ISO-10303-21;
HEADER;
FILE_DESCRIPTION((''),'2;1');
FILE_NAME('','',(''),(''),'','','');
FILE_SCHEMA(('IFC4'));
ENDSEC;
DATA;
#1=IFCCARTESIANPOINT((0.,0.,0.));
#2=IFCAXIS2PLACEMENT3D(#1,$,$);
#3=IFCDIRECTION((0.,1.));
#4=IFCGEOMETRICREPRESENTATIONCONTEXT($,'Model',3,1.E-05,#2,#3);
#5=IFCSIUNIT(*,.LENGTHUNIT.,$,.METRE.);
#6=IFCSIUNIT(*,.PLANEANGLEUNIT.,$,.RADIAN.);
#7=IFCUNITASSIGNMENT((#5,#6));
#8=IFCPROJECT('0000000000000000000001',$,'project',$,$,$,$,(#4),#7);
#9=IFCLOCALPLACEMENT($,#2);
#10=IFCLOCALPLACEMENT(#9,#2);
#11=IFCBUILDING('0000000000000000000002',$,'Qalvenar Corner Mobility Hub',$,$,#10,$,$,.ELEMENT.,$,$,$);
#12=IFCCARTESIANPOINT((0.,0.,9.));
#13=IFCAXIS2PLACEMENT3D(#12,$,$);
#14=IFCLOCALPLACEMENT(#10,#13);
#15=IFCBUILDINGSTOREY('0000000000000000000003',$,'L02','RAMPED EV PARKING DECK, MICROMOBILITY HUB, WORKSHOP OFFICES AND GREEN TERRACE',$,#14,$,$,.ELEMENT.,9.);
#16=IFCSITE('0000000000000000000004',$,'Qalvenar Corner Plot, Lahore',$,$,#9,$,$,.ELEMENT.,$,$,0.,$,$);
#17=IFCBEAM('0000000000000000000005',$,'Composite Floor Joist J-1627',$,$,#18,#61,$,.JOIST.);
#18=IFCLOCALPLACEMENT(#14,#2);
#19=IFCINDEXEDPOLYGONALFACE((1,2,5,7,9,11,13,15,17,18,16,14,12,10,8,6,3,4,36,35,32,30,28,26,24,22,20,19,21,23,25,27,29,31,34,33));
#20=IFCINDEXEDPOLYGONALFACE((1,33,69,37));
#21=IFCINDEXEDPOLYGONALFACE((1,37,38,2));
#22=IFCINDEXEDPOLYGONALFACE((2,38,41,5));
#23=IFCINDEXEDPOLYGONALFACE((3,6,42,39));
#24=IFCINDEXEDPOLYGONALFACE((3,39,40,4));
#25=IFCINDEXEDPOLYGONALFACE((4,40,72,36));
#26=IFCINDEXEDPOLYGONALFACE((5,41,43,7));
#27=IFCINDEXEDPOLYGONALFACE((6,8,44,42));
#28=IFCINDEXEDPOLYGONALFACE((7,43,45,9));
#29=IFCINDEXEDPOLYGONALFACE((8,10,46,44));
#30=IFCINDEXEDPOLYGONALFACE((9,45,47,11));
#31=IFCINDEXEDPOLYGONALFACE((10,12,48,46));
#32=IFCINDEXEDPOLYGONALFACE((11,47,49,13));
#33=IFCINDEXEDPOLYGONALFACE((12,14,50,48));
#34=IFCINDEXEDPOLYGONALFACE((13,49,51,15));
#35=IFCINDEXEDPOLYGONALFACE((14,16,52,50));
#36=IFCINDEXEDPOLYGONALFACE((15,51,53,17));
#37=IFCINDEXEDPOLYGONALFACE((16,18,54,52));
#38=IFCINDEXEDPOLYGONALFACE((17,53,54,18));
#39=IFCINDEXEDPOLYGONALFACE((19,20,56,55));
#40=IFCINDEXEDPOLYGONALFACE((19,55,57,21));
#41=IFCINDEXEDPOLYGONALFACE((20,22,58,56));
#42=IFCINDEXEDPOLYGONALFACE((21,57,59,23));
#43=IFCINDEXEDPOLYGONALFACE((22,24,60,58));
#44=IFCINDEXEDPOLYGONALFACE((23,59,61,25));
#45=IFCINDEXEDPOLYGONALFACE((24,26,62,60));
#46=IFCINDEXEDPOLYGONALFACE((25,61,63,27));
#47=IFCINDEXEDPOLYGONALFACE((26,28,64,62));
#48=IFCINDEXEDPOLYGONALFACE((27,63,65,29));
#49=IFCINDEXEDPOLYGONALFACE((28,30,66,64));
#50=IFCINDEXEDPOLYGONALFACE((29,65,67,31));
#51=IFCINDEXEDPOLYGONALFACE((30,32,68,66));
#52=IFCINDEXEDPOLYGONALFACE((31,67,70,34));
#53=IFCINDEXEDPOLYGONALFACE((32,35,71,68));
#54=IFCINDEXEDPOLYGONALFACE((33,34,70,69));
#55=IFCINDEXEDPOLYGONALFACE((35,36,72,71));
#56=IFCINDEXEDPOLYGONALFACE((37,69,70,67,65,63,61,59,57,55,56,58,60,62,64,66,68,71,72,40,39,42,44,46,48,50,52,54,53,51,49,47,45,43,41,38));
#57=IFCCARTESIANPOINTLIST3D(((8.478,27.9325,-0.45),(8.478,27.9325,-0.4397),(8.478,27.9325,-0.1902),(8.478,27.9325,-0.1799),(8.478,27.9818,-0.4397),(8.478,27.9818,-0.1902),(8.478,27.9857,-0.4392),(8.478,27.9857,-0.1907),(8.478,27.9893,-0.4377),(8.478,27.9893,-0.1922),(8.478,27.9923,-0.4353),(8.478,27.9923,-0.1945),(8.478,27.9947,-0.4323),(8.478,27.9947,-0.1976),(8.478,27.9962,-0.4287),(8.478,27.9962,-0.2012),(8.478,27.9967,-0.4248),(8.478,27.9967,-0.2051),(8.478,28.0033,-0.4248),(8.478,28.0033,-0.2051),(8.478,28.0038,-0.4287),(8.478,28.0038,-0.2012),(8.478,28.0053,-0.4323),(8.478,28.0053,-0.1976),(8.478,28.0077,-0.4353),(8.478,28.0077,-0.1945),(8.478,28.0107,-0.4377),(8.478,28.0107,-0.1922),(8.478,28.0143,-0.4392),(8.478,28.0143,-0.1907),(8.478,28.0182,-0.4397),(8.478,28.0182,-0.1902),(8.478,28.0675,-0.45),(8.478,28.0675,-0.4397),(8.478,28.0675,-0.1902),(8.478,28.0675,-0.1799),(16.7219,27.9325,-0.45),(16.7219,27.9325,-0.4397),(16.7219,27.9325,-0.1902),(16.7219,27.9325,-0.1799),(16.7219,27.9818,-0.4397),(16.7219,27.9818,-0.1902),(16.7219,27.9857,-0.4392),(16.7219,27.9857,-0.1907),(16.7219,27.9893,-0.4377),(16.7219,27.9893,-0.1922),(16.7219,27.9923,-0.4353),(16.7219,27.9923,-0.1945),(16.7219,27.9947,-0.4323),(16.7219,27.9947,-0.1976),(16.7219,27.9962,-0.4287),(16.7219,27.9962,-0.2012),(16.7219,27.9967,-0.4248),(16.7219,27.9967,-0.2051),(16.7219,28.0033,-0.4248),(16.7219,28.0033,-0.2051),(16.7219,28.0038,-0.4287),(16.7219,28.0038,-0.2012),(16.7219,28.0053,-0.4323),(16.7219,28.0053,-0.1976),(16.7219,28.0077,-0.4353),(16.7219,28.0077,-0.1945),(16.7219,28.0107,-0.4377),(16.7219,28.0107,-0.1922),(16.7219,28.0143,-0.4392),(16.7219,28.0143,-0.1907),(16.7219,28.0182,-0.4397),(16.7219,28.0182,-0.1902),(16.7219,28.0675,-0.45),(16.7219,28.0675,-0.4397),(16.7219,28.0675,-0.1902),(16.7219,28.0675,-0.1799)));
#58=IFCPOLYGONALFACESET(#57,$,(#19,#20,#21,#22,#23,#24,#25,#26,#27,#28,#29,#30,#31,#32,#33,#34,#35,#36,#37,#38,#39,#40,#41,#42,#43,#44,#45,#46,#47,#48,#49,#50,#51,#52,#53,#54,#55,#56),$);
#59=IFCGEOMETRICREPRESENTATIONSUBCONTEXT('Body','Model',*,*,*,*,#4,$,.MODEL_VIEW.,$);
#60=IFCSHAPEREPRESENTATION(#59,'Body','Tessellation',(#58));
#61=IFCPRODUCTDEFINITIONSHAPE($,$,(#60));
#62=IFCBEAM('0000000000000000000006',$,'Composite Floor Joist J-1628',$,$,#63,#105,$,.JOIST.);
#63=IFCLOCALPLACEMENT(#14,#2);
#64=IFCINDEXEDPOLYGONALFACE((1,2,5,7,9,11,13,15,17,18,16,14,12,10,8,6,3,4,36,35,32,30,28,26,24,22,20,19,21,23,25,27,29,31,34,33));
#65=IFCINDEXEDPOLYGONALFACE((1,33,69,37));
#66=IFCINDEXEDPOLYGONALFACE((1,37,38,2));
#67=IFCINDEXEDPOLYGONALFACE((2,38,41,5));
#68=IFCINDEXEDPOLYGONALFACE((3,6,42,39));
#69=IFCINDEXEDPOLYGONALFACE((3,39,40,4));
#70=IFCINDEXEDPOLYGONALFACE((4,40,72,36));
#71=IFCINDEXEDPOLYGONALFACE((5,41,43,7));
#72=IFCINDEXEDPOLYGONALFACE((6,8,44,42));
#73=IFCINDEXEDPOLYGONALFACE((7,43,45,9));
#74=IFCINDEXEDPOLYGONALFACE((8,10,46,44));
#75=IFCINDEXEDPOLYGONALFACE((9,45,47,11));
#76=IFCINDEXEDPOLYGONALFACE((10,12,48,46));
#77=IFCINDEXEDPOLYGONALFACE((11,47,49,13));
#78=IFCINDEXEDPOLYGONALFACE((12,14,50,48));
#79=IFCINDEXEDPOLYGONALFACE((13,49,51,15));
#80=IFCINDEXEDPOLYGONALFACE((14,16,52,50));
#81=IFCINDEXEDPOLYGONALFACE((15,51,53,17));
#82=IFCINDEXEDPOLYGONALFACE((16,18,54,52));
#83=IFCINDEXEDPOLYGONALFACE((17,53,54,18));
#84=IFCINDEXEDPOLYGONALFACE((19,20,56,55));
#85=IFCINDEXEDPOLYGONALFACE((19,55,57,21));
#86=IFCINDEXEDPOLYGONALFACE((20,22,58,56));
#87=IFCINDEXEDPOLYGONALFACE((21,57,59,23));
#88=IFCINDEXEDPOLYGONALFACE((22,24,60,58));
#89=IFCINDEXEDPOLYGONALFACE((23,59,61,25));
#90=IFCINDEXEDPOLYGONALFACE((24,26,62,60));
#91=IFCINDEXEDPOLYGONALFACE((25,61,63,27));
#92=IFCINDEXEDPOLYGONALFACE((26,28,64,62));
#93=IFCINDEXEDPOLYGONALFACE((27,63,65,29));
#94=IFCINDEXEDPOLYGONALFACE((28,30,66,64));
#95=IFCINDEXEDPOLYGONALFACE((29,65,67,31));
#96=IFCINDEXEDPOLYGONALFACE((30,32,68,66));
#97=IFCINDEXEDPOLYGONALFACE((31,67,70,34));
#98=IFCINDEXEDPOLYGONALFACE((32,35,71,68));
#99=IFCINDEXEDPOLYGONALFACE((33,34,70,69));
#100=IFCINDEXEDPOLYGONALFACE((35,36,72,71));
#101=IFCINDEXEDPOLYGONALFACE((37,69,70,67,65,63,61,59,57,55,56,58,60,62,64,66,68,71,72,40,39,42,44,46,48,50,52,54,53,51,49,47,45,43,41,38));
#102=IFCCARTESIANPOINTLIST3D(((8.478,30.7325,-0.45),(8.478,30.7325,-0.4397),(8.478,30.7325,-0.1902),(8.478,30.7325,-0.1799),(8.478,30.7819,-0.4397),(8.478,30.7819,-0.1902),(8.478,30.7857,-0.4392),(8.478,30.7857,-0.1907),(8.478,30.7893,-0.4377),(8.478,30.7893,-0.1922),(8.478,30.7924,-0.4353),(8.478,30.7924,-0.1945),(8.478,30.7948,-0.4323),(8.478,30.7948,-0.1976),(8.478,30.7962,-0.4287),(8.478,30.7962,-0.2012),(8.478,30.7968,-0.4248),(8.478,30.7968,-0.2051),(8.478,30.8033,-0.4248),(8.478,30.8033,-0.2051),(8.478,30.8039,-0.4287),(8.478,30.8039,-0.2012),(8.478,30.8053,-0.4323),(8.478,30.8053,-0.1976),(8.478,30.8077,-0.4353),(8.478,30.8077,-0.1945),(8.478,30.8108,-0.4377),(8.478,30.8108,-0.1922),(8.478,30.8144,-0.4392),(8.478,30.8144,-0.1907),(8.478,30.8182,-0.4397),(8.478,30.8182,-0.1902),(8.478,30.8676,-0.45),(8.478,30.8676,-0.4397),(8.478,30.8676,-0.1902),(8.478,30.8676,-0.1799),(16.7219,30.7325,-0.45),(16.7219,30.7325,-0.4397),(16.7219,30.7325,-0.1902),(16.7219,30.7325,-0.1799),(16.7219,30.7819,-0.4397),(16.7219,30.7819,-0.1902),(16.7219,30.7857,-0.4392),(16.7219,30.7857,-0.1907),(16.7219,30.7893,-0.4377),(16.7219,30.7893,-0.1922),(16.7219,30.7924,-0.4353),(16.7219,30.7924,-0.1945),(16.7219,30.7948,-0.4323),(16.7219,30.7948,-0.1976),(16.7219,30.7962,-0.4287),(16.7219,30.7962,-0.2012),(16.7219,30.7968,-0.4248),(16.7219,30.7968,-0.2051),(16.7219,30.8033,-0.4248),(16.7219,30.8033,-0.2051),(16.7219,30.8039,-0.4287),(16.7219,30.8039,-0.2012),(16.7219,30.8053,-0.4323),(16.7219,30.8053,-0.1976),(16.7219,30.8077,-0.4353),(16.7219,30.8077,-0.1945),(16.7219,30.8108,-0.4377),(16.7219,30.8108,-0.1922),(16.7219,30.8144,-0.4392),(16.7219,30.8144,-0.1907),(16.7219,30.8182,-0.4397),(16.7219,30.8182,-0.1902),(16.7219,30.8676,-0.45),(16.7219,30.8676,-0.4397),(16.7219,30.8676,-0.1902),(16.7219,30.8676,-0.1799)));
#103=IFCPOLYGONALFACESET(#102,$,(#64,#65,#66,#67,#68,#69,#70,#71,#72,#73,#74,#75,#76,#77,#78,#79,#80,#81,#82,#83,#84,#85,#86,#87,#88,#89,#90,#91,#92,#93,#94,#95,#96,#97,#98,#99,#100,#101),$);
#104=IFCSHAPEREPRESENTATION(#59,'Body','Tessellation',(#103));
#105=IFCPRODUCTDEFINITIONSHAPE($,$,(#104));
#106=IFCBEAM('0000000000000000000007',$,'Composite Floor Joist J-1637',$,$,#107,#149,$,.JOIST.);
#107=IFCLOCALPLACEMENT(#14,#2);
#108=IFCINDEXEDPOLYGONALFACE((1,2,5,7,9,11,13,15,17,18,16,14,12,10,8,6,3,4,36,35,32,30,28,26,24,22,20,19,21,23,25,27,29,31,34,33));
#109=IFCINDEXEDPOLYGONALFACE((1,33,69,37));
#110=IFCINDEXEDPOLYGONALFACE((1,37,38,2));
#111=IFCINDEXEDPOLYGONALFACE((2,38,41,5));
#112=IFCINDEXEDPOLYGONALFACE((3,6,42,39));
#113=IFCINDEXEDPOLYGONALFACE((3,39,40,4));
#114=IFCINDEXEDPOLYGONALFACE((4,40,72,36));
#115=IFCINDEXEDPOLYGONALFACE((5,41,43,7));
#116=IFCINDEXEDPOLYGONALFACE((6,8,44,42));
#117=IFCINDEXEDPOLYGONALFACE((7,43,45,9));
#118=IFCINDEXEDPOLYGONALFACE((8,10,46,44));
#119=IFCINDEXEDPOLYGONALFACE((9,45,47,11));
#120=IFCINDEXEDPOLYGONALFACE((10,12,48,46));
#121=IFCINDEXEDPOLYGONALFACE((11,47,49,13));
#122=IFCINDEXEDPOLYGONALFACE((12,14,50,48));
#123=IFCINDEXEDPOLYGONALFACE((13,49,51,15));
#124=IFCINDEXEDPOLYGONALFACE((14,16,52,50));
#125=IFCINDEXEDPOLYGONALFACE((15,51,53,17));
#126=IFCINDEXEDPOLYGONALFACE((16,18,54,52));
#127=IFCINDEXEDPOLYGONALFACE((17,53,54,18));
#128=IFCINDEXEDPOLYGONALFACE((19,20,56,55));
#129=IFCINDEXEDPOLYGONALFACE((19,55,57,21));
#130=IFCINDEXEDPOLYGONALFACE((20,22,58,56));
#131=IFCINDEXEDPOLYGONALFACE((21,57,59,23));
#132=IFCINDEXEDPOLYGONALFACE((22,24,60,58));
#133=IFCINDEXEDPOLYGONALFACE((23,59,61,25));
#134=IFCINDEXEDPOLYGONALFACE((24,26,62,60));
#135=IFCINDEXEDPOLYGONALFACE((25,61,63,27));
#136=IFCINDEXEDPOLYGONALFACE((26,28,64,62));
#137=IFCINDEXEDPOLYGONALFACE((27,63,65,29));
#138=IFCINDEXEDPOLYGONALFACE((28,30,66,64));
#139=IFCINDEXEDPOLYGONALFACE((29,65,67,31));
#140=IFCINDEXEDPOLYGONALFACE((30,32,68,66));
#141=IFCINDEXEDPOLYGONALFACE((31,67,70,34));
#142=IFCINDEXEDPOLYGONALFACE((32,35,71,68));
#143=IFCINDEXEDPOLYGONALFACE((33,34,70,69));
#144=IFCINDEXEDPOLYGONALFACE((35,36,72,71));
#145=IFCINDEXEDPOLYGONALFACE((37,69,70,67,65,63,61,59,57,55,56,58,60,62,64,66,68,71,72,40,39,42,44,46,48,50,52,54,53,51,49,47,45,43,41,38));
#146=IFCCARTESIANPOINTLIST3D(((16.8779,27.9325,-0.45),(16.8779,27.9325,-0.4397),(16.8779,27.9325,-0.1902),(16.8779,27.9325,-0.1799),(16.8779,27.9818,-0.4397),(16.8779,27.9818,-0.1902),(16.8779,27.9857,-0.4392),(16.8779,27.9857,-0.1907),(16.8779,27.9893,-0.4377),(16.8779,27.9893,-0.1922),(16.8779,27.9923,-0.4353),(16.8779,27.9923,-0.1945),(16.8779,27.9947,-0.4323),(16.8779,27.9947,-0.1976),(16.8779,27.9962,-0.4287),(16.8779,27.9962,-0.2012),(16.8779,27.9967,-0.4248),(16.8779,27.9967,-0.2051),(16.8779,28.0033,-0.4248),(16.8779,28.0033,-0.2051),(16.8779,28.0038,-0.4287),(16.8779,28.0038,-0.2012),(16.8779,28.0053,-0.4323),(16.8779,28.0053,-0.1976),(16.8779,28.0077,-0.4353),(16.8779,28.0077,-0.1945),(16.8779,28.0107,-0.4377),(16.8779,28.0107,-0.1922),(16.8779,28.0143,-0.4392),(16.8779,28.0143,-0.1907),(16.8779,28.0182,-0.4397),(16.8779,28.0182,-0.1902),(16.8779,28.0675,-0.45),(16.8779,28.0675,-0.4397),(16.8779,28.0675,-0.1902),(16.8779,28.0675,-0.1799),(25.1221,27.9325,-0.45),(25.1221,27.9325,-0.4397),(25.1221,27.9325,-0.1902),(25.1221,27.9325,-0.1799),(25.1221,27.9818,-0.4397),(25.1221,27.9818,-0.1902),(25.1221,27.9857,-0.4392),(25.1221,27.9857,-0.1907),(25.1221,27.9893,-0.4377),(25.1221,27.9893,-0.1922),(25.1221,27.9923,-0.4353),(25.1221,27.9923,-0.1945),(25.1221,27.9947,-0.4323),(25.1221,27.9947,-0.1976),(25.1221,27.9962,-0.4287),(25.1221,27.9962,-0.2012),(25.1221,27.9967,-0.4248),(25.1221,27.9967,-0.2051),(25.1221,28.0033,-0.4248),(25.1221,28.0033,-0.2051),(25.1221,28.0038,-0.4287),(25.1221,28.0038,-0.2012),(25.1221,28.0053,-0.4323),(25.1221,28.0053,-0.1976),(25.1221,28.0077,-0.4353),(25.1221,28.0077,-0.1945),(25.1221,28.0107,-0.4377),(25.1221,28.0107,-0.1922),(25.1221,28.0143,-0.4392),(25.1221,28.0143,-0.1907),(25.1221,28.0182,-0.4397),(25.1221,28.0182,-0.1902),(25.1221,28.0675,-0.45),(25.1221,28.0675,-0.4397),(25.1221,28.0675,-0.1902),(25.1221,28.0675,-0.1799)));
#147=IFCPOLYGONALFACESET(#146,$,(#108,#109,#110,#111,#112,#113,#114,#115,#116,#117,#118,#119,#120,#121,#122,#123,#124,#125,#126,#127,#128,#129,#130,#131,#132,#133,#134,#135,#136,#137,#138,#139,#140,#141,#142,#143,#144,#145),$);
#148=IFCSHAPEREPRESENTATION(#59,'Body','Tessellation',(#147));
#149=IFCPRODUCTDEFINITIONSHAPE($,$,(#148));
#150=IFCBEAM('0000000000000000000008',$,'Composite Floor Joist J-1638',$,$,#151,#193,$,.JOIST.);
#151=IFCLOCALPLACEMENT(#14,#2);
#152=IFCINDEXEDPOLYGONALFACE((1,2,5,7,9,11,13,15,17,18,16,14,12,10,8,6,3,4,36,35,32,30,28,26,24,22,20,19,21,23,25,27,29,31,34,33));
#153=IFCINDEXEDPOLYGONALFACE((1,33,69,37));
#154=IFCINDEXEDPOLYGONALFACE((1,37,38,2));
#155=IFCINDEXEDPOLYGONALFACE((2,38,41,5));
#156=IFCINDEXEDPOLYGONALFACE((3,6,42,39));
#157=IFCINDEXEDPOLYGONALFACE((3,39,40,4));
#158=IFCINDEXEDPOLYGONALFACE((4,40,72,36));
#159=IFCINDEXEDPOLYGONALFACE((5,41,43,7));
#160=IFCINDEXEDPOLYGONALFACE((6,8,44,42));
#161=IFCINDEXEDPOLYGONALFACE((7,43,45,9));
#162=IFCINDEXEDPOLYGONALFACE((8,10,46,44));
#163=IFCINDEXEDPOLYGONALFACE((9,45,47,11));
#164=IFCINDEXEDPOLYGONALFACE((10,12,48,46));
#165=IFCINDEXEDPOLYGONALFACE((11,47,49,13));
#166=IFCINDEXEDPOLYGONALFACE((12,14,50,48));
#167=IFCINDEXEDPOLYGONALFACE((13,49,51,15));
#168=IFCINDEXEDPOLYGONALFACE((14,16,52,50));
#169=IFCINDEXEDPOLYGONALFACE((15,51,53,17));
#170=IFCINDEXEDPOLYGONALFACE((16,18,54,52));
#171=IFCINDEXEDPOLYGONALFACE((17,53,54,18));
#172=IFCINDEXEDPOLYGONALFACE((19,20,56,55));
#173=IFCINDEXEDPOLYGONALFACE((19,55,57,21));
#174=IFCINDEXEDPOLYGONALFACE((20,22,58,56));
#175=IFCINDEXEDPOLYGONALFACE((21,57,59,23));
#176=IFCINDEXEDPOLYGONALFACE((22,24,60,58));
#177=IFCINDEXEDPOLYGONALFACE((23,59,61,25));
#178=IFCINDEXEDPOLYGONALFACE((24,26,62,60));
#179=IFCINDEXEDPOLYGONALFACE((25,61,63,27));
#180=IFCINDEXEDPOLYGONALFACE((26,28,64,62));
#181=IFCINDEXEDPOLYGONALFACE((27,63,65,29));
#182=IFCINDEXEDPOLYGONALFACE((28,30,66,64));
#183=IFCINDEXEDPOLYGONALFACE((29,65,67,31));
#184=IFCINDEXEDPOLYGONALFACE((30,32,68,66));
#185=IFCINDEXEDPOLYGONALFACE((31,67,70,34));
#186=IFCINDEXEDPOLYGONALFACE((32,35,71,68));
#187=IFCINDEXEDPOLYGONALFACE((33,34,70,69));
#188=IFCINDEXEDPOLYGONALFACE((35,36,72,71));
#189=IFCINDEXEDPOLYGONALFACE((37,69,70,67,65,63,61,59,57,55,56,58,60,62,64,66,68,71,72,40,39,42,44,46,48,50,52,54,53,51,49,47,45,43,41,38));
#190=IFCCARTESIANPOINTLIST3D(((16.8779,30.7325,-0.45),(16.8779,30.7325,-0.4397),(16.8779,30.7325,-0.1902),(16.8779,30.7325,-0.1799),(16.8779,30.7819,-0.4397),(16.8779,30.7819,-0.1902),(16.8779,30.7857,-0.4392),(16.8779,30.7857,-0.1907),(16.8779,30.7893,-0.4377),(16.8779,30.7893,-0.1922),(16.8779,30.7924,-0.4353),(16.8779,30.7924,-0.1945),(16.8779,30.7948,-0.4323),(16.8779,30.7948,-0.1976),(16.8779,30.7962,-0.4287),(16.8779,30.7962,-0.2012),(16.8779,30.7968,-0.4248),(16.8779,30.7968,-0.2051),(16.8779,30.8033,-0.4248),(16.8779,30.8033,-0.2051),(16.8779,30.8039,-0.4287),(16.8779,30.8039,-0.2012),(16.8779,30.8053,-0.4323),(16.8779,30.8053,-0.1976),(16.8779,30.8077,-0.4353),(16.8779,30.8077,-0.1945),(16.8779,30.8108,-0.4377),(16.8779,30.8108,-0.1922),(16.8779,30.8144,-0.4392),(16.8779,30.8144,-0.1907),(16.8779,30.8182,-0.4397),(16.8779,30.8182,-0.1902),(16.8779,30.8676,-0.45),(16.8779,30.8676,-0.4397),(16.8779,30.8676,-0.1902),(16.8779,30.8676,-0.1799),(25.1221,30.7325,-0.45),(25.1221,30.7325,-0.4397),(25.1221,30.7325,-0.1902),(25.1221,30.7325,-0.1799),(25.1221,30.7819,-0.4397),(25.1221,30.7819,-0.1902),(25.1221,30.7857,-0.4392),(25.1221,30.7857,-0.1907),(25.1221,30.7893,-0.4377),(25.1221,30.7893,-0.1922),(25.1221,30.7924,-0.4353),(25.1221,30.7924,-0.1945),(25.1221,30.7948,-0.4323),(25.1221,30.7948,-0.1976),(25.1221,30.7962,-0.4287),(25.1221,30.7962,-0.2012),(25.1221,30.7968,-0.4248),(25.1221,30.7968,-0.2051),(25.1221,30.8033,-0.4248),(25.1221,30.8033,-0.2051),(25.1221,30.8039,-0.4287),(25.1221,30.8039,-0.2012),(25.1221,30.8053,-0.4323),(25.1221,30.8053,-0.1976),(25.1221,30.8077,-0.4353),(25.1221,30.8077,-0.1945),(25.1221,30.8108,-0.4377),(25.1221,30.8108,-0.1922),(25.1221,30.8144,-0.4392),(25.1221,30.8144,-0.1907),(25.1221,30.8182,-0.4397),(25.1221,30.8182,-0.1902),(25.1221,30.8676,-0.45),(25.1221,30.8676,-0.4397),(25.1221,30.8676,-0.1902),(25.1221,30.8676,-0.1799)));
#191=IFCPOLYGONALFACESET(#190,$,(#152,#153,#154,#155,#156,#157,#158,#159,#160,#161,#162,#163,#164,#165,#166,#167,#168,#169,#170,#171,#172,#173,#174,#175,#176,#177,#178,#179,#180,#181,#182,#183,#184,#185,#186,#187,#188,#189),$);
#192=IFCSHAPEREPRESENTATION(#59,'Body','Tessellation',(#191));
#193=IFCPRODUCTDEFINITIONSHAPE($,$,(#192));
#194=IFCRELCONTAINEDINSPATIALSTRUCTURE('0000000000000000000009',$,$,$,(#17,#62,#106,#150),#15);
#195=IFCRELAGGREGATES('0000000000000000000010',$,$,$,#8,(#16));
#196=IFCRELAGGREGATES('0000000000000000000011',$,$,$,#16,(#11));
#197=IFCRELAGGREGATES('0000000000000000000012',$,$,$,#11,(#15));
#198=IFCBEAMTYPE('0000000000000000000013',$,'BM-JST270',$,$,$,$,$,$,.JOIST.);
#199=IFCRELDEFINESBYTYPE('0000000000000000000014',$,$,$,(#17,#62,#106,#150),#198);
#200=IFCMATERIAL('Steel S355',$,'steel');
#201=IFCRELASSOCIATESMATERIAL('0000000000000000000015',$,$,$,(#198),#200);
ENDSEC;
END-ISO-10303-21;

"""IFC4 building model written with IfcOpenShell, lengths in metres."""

from ifc_helpers import new_model, si_unit, direction, frame, origin, origin_2d, place, context, subcontext, project, spatial, i_section, extrude, material, material_profile, profile_set, type_object, element, save


model = new_model("IFC4")

# Units and contexts
model_context = context("Model", 3, precision=1e-05, world=origin(), true_north=direction((0.0, 1.0)))
body_context = subcontext(model_context, "Body", "Model", "MODEL_VIEW")
ifc_project = project(units=[si_unit("LENGTHUNIT", "METRE"), si_unit("PLANEANGLEUNIT", "RADIAN")], contexts=[model_context])

# Site, building, storey
site_placement = place(None, origin())
site = spatial("IfcSite", under=ifc_project, at=site_placement, Name="Qalvenar Corner Plot, Lahore", CompositionType="ELEMENT", RefElevation=0.0)
building_placement = place(site_placement, origin())
building = spatial("IfcBuilding", under=site, at=building_placement, Name="Qalvenar Corner Mobility Hub", CompositionType="ELEMENT")
storey_placement = place(building_placement, frame((0.0, 0.0, 9.0)))
storey = spatial("IfcBuildingStorey", under=building, at=storey_placement, Name="L02", Description="RAMPED EV PARKING DECK, MICROMOBILITY HUB, WORKSHOP OFFICES AND GREEN TERRACE", CompositionType="ELEMENT", Elevation=9.0)

# Shared definitions
ifc_material_1 = material(Name="Steel S355", Category="steel")

# Beams
ifc_material_profile_1 = material_profile(ifc_material_1, i_section(OverallWidth=0.135, OverallDepth=0.27, WebThickness=0.0066, FlangeThickness=0.0103, FilletRadius=0.0149, at=origin_2d()), Name="IPE270")
ifc_profile_set_1 = profile_set([ifc_material_profile_1], Name="Steel S355")
beam_type_1 = type_object("IfcBeamType", Name="BM-JST270", PredefinedType="JOIST", material=ifc_profile_set_1)
for number, where, z_axis, x_axis, name in (
    (1, (8.478, 28.0, -0.3149), (1.0, 0.0, 0.0), (0.0, 1.0, 0.0), "Composite Floor Joist J-1627"),
    (2, (8.478, 30.8, -0.3149), (1.0, 0.0, 0.0), (0.0, 1.0, 0.0), "Composite Floor Joist J-1628"),
):
    element("IfcBeam", number, at=place(storey_placement, frame(where, z_axis=z_axis, x_axis=x_axis)), inside=storey, type_object=beam_type_1, Name=name, PredefinedType="JOIST", context=body_context, shape_type="SweptSolid", body=[
        extrude(i_section(OverallWidth=0.135, OverallDepth=0.27, WebThickness=0.0066, FlangeThickness=0.0103, FilletRadius=0.0149, at=origin_2d()), origin(), (0.0, 0.0, 1.0), 8.2439),
    ])
for number, where, z_axis, x_axis, name in (
    (3, (16.8779, 28.0, -0.3149), (1.0, 0.0, 0.0), (0.0, 1.0, 0.0), "Composite Floor Joist J-1637"),
    (4, (16.8779, 30.8, -0.3149), (1.0, 0.0, 0.0), (0.0, 1.0, 0.0), "Composite Floor Joist J-1638"),
):
    element("IfcBeam", number, at=place(storey_placement, frame(where, z_axis=z_axis, x_axis=x_axis)), inside=storey, type_object=beam_type_1, Name=name, PredefinedType="JOIST", context=body_context, shape_type="SweptSolid", body=[
        extrude(i_section(OverallWidth=0.135, OverallDepth=0.27, WebThickness=0.0066, FlangeThickness=0.0103, FilletRadius=0.0149, at=origin_2d()), origin(), (0.0, 0.0, 1.0), 8.2441),
    ])

save(model, "model.ifc")
